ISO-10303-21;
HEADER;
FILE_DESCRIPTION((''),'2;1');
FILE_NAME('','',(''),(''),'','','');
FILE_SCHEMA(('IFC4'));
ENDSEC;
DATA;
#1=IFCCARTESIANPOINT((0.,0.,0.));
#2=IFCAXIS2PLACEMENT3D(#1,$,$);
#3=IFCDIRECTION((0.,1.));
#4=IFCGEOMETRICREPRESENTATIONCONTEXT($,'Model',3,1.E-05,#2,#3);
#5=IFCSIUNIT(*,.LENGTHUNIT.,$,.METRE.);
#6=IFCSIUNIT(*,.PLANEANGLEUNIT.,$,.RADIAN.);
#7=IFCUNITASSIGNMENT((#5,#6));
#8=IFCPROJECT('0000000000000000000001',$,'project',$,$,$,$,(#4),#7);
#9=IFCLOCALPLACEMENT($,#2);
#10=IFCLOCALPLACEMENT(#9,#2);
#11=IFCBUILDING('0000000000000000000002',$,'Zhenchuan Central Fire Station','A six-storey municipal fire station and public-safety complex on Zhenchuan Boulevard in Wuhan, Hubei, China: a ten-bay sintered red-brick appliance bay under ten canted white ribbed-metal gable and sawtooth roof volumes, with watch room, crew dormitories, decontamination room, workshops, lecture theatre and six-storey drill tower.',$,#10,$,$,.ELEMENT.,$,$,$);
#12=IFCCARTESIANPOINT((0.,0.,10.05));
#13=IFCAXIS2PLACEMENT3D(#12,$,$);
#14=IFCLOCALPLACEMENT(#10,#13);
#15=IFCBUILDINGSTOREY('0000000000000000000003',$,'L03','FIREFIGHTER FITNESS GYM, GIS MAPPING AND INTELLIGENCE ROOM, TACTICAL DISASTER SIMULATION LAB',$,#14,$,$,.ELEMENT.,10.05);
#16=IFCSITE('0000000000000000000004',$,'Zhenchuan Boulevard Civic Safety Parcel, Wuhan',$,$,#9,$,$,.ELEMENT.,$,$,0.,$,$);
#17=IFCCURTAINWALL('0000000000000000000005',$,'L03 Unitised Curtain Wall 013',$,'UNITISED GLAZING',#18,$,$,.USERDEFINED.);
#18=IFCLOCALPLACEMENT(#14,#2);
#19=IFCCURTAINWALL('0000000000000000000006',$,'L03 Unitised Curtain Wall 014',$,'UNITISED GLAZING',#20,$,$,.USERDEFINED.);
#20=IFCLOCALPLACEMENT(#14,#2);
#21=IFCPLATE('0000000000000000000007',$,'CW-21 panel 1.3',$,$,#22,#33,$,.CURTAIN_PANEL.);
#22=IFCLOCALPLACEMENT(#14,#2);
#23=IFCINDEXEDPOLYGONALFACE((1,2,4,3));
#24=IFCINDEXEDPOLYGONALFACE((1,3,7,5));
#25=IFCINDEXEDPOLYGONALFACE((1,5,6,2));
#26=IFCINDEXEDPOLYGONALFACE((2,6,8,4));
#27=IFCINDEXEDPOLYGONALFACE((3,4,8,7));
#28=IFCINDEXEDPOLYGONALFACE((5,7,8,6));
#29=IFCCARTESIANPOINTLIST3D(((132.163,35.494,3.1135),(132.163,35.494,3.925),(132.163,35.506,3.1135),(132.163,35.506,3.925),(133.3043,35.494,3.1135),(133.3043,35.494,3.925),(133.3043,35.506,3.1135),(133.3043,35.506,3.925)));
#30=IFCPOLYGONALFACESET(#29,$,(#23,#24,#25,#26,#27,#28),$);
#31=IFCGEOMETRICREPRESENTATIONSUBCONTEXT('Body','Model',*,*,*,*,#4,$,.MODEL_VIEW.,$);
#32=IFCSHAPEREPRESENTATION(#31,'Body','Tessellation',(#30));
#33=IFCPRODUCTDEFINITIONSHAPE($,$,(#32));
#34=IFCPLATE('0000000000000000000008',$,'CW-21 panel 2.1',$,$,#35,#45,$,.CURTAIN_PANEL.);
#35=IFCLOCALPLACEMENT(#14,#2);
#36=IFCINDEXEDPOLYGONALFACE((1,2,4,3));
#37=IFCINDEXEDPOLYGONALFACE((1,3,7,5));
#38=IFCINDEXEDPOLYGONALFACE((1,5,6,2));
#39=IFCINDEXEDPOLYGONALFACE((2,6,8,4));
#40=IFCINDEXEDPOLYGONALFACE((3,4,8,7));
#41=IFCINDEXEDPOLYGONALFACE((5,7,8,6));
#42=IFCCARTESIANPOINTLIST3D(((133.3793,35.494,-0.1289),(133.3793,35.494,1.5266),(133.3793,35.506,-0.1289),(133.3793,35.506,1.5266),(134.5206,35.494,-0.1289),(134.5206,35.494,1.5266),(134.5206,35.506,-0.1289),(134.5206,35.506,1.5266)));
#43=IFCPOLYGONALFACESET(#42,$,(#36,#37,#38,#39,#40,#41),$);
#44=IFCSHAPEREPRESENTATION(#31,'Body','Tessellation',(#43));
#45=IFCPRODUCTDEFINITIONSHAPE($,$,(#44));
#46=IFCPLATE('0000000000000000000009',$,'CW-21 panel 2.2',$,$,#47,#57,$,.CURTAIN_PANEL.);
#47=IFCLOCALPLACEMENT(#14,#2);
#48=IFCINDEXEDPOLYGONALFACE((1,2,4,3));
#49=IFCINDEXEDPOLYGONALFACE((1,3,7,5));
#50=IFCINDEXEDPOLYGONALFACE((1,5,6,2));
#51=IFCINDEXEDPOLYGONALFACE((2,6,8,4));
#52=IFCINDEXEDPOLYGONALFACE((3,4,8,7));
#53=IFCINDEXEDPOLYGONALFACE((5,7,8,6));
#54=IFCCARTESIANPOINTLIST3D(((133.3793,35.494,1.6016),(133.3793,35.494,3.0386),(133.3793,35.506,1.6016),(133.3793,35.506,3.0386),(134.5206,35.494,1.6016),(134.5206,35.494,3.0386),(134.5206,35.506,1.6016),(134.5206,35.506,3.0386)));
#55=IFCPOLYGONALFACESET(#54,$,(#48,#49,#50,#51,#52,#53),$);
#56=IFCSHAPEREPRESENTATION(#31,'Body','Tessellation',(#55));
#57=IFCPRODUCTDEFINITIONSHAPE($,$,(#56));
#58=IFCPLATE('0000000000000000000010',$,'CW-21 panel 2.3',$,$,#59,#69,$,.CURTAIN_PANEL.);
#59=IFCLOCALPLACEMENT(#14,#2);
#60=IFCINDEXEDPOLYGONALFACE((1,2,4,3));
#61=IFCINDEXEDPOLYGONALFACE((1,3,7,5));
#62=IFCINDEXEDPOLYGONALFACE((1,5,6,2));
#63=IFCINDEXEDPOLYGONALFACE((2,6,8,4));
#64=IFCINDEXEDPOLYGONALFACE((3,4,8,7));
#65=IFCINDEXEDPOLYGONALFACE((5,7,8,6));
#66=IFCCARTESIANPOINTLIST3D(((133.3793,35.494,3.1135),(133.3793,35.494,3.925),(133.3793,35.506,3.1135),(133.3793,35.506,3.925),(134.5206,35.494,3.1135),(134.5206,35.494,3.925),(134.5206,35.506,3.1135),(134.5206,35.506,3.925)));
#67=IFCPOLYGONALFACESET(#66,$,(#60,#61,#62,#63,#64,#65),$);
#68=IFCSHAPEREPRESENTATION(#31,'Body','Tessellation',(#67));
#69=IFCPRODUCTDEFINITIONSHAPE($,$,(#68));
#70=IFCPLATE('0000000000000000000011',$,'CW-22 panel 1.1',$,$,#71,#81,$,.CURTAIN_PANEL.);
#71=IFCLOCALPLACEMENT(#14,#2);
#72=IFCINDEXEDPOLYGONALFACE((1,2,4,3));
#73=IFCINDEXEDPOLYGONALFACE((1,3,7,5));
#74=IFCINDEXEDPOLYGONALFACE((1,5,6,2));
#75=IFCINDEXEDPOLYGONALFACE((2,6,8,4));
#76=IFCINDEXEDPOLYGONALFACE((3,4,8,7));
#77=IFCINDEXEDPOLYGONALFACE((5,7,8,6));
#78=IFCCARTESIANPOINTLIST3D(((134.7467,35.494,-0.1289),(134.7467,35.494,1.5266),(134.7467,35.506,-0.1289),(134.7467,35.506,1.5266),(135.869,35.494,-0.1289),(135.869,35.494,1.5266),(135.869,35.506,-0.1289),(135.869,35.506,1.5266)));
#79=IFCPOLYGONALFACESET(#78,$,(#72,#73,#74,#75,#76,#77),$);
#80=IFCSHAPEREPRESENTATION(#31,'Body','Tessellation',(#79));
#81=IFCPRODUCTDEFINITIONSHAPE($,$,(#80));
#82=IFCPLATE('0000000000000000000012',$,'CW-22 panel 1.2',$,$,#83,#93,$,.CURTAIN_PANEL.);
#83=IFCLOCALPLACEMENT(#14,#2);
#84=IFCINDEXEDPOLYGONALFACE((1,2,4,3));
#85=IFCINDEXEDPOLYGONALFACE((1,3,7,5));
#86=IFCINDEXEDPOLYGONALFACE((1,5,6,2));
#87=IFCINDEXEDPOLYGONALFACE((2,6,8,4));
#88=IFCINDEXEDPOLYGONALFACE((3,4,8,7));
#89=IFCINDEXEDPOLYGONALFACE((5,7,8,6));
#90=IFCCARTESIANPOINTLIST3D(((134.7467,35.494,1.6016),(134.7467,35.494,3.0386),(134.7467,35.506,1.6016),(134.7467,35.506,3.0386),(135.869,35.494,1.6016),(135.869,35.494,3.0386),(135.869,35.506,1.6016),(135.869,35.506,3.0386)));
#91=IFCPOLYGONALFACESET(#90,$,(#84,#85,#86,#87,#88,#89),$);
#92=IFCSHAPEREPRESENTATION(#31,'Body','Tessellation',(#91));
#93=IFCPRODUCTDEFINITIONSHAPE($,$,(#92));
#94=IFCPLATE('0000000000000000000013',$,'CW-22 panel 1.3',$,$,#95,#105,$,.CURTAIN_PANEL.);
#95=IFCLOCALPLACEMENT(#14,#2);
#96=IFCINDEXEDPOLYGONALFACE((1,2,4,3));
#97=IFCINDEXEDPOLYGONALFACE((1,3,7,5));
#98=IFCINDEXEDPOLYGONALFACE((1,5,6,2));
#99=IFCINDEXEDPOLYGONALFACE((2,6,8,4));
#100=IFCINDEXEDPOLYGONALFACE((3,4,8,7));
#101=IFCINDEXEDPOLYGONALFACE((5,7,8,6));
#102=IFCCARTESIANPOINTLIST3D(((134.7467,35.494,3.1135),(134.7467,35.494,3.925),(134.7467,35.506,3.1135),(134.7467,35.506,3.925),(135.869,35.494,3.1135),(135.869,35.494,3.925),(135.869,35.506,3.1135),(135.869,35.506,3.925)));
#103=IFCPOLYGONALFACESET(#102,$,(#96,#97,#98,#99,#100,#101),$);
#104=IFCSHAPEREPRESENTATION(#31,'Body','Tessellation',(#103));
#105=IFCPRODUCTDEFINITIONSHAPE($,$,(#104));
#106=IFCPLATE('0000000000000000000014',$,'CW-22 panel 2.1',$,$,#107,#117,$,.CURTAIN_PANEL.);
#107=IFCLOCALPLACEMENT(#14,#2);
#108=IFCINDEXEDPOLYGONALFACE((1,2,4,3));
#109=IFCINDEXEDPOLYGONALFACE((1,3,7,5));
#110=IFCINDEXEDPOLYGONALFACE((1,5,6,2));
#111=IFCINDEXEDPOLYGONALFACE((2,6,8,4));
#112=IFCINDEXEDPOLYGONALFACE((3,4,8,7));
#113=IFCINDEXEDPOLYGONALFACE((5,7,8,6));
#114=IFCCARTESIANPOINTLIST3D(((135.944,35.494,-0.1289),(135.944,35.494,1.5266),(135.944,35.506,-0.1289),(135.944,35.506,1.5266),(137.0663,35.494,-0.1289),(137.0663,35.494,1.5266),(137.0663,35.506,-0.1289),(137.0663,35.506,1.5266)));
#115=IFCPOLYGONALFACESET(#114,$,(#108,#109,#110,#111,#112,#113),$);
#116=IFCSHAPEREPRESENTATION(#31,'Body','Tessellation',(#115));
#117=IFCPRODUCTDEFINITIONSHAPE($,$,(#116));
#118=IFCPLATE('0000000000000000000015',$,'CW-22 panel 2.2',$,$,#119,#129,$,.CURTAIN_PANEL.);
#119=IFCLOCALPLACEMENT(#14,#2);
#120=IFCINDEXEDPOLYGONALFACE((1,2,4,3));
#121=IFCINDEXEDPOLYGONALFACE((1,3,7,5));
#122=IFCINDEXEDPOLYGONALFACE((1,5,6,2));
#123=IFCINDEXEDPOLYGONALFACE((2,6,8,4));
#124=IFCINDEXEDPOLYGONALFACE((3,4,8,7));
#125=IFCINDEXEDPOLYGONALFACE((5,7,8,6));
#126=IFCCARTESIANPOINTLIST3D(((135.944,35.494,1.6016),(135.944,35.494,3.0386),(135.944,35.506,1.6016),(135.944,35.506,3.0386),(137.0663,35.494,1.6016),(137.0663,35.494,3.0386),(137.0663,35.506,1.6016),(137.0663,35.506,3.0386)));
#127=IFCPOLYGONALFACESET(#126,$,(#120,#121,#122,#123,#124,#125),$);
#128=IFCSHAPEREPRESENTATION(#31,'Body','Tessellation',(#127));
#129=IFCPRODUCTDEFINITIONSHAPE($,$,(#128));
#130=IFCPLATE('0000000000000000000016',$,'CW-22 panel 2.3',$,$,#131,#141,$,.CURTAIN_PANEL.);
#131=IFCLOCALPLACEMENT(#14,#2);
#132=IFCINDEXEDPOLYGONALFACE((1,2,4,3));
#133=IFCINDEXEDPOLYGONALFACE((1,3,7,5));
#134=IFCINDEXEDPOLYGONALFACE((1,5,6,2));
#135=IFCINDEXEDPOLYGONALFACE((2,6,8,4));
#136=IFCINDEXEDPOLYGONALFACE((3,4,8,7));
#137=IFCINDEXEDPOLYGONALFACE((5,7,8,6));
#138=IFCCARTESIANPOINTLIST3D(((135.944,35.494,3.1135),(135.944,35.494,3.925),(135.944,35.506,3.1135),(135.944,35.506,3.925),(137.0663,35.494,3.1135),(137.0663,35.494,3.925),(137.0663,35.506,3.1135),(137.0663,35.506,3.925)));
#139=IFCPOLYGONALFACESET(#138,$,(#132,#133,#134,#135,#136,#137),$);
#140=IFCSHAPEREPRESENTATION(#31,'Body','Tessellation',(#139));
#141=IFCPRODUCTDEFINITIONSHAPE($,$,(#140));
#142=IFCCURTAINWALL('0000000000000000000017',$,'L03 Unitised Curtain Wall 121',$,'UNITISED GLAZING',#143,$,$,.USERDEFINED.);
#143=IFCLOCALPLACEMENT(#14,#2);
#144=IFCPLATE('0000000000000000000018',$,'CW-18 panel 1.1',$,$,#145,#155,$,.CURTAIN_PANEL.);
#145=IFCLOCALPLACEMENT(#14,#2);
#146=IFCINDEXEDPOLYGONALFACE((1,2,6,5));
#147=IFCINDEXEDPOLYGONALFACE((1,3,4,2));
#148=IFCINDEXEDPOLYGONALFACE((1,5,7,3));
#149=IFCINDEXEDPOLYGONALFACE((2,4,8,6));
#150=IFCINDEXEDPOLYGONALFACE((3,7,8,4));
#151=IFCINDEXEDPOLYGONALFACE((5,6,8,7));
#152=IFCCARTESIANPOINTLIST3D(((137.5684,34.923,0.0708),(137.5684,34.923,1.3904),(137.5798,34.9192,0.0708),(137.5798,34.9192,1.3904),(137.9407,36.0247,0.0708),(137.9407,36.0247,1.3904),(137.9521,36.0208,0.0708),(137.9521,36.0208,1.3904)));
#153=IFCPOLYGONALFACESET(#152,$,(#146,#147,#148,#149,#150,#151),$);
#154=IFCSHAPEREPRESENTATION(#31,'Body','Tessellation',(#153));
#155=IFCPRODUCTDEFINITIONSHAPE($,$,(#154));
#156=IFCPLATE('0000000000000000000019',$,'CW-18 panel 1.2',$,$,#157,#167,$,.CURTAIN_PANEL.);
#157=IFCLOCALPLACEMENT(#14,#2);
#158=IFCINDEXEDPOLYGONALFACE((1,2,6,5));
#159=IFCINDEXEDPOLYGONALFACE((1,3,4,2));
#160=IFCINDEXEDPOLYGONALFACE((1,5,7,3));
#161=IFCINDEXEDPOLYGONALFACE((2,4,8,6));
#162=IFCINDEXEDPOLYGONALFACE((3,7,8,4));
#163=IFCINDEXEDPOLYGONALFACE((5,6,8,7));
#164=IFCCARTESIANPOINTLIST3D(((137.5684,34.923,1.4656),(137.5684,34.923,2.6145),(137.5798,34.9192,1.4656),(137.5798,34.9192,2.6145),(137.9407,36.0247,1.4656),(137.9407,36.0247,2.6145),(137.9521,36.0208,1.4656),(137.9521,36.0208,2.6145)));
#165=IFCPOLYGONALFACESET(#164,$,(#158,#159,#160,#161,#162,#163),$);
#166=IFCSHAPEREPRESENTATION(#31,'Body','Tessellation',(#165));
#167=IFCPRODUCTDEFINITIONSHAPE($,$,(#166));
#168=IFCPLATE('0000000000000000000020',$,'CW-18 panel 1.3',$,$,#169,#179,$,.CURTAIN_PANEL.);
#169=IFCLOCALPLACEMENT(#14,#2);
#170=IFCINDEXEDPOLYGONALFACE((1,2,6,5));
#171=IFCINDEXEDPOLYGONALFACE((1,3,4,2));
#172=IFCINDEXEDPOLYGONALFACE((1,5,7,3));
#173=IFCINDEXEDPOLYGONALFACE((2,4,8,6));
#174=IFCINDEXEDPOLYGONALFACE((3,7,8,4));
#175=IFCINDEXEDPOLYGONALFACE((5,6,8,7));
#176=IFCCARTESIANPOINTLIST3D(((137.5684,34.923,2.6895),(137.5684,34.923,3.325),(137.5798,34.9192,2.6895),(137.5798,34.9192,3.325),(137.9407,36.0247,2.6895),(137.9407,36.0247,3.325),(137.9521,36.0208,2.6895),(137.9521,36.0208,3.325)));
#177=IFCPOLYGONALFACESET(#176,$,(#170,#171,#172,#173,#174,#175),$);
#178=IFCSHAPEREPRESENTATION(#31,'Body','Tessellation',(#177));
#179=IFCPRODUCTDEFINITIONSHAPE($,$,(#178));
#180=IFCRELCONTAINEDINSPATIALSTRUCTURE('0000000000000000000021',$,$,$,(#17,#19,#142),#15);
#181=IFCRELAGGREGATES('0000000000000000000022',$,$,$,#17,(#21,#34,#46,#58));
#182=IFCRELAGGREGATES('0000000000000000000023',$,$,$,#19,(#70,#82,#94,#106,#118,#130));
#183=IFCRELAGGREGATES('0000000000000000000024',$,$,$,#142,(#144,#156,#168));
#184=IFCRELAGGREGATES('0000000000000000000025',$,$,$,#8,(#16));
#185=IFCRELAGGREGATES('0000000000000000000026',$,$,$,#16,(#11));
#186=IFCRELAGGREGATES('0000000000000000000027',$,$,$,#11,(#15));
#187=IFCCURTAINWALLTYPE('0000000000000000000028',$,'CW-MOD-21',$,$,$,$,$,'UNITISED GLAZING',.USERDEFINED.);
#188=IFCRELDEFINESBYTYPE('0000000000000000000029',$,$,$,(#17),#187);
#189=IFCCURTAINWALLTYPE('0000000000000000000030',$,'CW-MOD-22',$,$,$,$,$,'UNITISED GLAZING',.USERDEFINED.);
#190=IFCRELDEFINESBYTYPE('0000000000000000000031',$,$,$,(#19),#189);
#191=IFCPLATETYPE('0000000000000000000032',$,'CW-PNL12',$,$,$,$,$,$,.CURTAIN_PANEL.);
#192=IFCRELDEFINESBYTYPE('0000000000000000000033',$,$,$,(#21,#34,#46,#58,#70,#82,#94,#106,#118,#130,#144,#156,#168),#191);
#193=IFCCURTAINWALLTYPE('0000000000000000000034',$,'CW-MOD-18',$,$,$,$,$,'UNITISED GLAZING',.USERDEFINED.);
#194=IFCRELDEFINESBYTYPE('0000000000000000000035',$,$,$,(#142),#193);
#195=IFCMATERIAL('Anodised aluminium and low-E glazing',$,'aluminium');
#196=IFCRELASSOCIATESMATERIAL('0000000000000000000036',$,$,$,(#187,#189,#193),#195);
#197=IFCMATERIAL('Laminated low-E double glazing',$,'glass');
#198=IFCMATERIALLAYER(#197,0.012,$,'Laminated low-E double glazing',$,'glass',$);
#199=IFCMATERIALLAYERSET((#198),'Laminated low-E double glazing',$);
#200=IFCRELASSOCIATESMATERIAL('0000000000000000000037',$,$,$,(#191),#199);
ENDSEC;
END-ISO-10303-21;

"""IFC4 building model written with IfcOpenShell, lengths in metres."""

from ifc_helpers import new_model, si_unit, direction, frame, origin, origin_2d, place, context, subcontext, project, spatial, rectangle, extrude, material, layer, layer_set, type_object, element, aggregate, save


model = new_model("IFC4")

# Units and contexts
model_context = context("Model", 3, precision=1e-05, world=origin(), true_north=direction((0.0, 1.0)))
body_context = subcontext(model_context, "Body", "Model", "MODEL_VIEW")
ifc_project = project(units=[si_unit("LENGTHUNIT", "METRE"), si_unit("PLANEANGLEUNIT", "RADIAN")], contexts=[model_context])

# Site, building, storey
site_placement = place(None, origin())
site = spatial("IfcSite", under=ifc_project, at=site_placement, Name="Zhenchuan Boulevard Civic Safety Parcel, Wuhan", CompositionType="ELEMENT", RefElevation=0.0)
building_placement = place(site_placement, origin())
building = spatial("IfcBuilding", under=site, at=building_placement, Name="Zhenchuan Central Fire Station", Description="A six-storey municipal fire station and public-safety complex on Zhenchuan Boulevard in Wuhan, Hubei, China: a ten-bay sintered red-brick appliance bay under ten canted white ribbed-metal gable and sawtooth roof volumes, with watch room, crew dormitories, decontamination room, workshops, lecture theatre and six-storey drill tower.", CompositionType="ELEMENT")
storey_placement = place(building_placement, frame((0.0, 0.0, 10.05)))
storey = spatial("IfcBuildingStorey", under=building, at=storey_placement, Name="L03", Description="FIREFIGHTER FITNESS GYM, GIS MAPPING AND INTELLIGENCE ROOM, TACTICAL DISASTER SIMULATION LAB", CompositionType="ELEMENT", Elevation=10.05)

# Shared definitions
ifc_material_1 = material(Name="Anodised aluminium and low-E glazing", Category="aluminium")

# Curtain walls
curtain_wall_type_1 = type_object("IfcCurtainWallType", Name="CW-MOD-21", ElementType="UNITISED GLAZING", PredefinedType="USERDEFINED", material=ifc_material_1)
curtain_wall_1_placement = place(storey_placement, origin())
curtain_wall_1 = element("IfcCurtainWall", 1, at=curtain_wall_1_placement, inside=storey, type_object=curtain_wall_type_1, Name="L03 Unitised Curtain Wall 013", ObjectType="UNITISED GLAZING", PredefinedType="USERDEFINED")
curtain_wall_type_2 = type_object("IfcCurtainWallType", Name="CW-MOD-22", ElementType="UNITISED GLAZING", PredefinedType="USERDEFINED", material=ifc_material_1)
curtain_wall_2_placement = place(storey_placement, origin())
curtain_wall_2 = element("IfcCurtainWall", 2, at=curtain_wall_2_placement, inside=storey, type_object=curtain_wall_type_2, Name="L03 Unitised Curtain Wall 014", ObjectType="UNITISED GLAZING", PredefinedType="USERDEFINED")

# Plates
ifc_material_2 = material(Name="Laminated low-E double glazing", Category="glass")
ifc_layer = layer(ifc_material_2, 0.012, Name="Laminated low-E double glazing", Category="glass")
ifc_layer_set = layer_set([ifc_layer], Name="Laminated low-E double glazing")
plate_type = type_object("IfcPlateType", Name="CW-PNL12", PredefinedType="CURTAIN_PANEL", material=ifc_layer_set)
plate_1_placement = place(storey_placement, frame((132.7336, 35.5, 3.1135), z_axis=(0.0, 0.0, 1.0), x_axis=(1.0, 0.0, 0.0)))
plate_1 = element("IfcPlate", 3, at=plate_1_placement, type_object=plate_type, Name="CW-21 panel 1.3", PredefinedType="CURTAIN_PANEL", context=body_context, shape_type="SweptSolid", body=[
    extrude(rectangle(XDim=1.1414, YDim=0.012, at=origin_2d()), origin(), (0.0, 0.0, 1.0), 0.8115),
])
plate_2_placement = place(storey_placement, frame((133.95, 35.5, -0.1289), z_axis=(0.0, 0.0, 1.0), x_axis=(1.0, 0.0, 0.0)))
plate_2 = element("IfcPlate", 4, at=plate_2_placement, type_object=plate_type, Name="CW-21 panel 2.1", PredefinedType="CURTAIN_PANEL", context=body_context, shape_type="SweptSolid", body=[
    extrude(rectangle(XDim=1.1414, YDim=0.012, at=origin_2d()), origin(), (0.0, 0.0, 1.0), 1.6555),
])
plate_3_placement = place(storey_placement, frame((133.95, 35.5, 1.6016), z_axis=(0.0, 0.0, 1.0), x_axis=(1.0, 0.0, 0.0)))
plate_3 = element("IfcPlate", 5, at=plate_3_placement, type_object=plate_type, Name="CW-21 panel 2.2", PredefinedType="CURTAIN_PANEL", context=body_context, shape_type="SweptSolid", body=[
    extrude(rectangle(XDim=1.1414, YDim=0.012, at=origin_2d()), origin(), (0.0, 0.0, 1.0), 1.437),
])
plate_4_placement = place(storey_placement, frame((133.95, 35.5, 3.1135), z_axis=(0.0, 0.0, 1.0), x_axis=(1.0, 0.0, 0.0)))
plate_4 = element("IfcPlate", 6, at=plate_4_placement, type_object=plate_type, Name="CW-21 panel 2.3", PredefinedType="CURTAIN_PANEL", context=body_context, shape_type="SweptSolid", body=[
    extrude(rectangle(XDim=1.1414, YDim=0.012, at=origin_2d()), origin(), (0.0, 0.0, 1.0), 0.8115),
])
aggregate(curtain_wall_1, [plate_1, plate_2, plate_3, plate_4])
plate_5_placement = place(storey_placement, frame((135.3079, 35.5, -0.1289), z_axis=(0.0, 0.0, 1.0), x_axis=(1.0, 0.0, 0.0)))
plate_5 = element("IfcPlate", 7, at=plate_5_placement, type_object=plate_type, Name="CW-22 panel 1.1", PredefinedType="CURTAIN_PANEL", context=body_context, shape_type="SweptSolid", body=[
    extrude(rectangle(XDim=1.1223, YDim=0.012, at=origin_2d()), origin(), (0.0, 0.0, 1.0), 1.6555),
])
plate_6_placement = place(storey_placement, frame((135.3079, 35.5, 1.6016), z_axis=(0.0, 0.0, 1.0), x_axis=(1.0, 0.0, 0.0)))
plate_6 = element("IfcPlate", 8, at=plate_6_placement, type_object=plate_type, Name="CW-22 panel 1.2", PredefinedType="CURTAIN_PANEL", context=body_context, shape_type="SweptSolid", body=[
    extrude(rectangle(XDim=1.1223, YDim=0.012, at=origin_2d()), origin(), (0.0, 0.0, 1.0), 1.437),
])
plate_7_placement = place(storey_placement, frame((135.3079, 35.5, 3.1135), z_axis=(0.0, 0.0, 1.0), x_axis=(1.0, 0.0, 0.0)))
plate_7 = element("IfcPlate", 9, at=plate_7_placement, type_object=plate_type, Name="CW-22 panel 1.3", PredefinedType="CURTAIN_PANEL", context=body_context, shape_type="SweptSolid", body=[
    extrude(rectangle(XDim=1.1223, YDim=0.012, at=origin_2d()), origin(), (0.0, 0.0, 1.0), 0.8115),
])
plate_8_placement = place(storey_placement, frame((136.5051, 35.5, -0.1289), z_axis=(0.0, 0.0, 1.0), x_axis=(1.0, 0.0, 0.0)))
plate_8 = element("IfcPlate", 10, at=plate_8_placement, type_object=plate_type, Name="CW-22 panel 2.1", PredefinedType="CURTAIN_PANEL", context=body_context, shape_type="SweptSolid", body=[
    extrude(rectangle(XDim=1.1223, YDim=0.012, at=origin_2d()), origin(), (0.0, 0.0, 1.0), 1.6555),
])
plate_9_placement = place(storey_placement, frame((136.5051, 35.5, 1.6016), z_axis=(0.0, 0.0, 1.0), x_axis=(1.0, 0.0, 0.0)))
plate_9 = element("IfcPlate", 11, at=plate_9_placement, type_object=plate_type, Name="CW-22 panel 2.2", PredefinedType="CURTAIN_PANEL", context=body_context, shape_type="SweptSolid", body=[
    extrude(rectangle(XDim=1.1223, YDim=0.012, at=origin_2d()), origin(), (0.0, 0.0, 1.0), 1.437),
])
plate_10_placement = place(storey_placement, frame((136.5051, 35.5, 3.1135), z_axis=(0.0, 0.0, 1.0), x_axis=(1.0, 0.0, 0.0)))
plate_10 = element("IfcPlate", 12, at=plate_10_placement, type_object=plate_type, Name="CW-22 panel 2.3", PredefinedType="CURTAIN_PANEL", context=body_context, shape_type="SweptSolid", body=[
    extrude(rectangle(XDim=1.1223, YDim=0.012, at=origin_2d()), origin(), (0.0, 0.0, 1.0), 0.8115),
])
aggregate(curtain_wall_2, [plate_5, plate_6, plate_7, plate_8, plate_9, plate_10])

# Curtain wall, plates
curtain_wall_type_3 = type_object("IfcCurtainWallType", Name="CW-MOD-18", ElementType="UNITISED GLAZING", PredefinedType="USERDEFINED", material=ifc_material_1)
curtain_wall_3_placement = place(storey_placement, origin())
curtain_wall_3 = element("IfcCurtainWall", 13, at=curtain_wall_3_placement, inside=storey, type_object=curtain_wall_type_3, Name="L03 Unitised Curtain Wall 121", ObjectType="UNITISED GLAZING", PredefinedType="USERDEFINED")
plate_11_placement = place(storey_placement, frame((137.7603, 35.4719, 0.0708), z_axis=(0.0, 0.0, 1.0), x_axis=(0.320145, 0.947368, 0.0)))
plate_11 = element("IfcPlate", 14, at=plate_11_placement, type_object=plate_type, Name="CW-18 panel 1.1", PredefinedType="CURTAIN_PANEL", context=body_context, shape_type="SweptSolid", body=[
    extrude(rectangle(XDim=1.1628, YDim=0.012, at=origin_2d()), origin(), (0.0, 0.0, 1.0), 1.3196),
])
plate_12_placement = place(storey_placement, frame((137.7603, 35.4719, 1.4656), z_axis=(0.0, 0.0, 1.0), x_axis=(0.320145, 0.947368, 0.0)))
plate_12 = element("IfcPlate", 15, at=plate_12_placement, type_object=plate_type, Name="CW-18 panel 1.2", PredefinedType="CURTAIN_PANEL", context=body_context, shape_type="SweptSolid", body=[
    extrude(rectangle(XDim=1.1628, YDim=0.012, at=origin_2d()), origin(), (0.0, 0.0, 1.0), 1.1489),
])
plate_13_placement = place(storey_placement, frame((137.7603, 35.4719, 2.6895), z_axis=(0.0, 0.0, 1.0), x_axis=(0.320145, 0.947368, 0.0)))
plate_13 = element("IfcPlate", 16, at=plate_13_placement, type_object=plate_type, Name="CW-18 panel 1.3", PredefinedType="CURTAIN_PANEL", context=body_context, shape_type="SweptSolid", body=[
    extrude(rectangle(XDim=1.1628, YDim=0.012, at=origin_2d()), origin(), (0.0, 0.0, 1.0), 0.6355),
])
aggregate(curtain_wall_3, [plate_11, plate_12, plate_13])

save(model, "model.ifc")
